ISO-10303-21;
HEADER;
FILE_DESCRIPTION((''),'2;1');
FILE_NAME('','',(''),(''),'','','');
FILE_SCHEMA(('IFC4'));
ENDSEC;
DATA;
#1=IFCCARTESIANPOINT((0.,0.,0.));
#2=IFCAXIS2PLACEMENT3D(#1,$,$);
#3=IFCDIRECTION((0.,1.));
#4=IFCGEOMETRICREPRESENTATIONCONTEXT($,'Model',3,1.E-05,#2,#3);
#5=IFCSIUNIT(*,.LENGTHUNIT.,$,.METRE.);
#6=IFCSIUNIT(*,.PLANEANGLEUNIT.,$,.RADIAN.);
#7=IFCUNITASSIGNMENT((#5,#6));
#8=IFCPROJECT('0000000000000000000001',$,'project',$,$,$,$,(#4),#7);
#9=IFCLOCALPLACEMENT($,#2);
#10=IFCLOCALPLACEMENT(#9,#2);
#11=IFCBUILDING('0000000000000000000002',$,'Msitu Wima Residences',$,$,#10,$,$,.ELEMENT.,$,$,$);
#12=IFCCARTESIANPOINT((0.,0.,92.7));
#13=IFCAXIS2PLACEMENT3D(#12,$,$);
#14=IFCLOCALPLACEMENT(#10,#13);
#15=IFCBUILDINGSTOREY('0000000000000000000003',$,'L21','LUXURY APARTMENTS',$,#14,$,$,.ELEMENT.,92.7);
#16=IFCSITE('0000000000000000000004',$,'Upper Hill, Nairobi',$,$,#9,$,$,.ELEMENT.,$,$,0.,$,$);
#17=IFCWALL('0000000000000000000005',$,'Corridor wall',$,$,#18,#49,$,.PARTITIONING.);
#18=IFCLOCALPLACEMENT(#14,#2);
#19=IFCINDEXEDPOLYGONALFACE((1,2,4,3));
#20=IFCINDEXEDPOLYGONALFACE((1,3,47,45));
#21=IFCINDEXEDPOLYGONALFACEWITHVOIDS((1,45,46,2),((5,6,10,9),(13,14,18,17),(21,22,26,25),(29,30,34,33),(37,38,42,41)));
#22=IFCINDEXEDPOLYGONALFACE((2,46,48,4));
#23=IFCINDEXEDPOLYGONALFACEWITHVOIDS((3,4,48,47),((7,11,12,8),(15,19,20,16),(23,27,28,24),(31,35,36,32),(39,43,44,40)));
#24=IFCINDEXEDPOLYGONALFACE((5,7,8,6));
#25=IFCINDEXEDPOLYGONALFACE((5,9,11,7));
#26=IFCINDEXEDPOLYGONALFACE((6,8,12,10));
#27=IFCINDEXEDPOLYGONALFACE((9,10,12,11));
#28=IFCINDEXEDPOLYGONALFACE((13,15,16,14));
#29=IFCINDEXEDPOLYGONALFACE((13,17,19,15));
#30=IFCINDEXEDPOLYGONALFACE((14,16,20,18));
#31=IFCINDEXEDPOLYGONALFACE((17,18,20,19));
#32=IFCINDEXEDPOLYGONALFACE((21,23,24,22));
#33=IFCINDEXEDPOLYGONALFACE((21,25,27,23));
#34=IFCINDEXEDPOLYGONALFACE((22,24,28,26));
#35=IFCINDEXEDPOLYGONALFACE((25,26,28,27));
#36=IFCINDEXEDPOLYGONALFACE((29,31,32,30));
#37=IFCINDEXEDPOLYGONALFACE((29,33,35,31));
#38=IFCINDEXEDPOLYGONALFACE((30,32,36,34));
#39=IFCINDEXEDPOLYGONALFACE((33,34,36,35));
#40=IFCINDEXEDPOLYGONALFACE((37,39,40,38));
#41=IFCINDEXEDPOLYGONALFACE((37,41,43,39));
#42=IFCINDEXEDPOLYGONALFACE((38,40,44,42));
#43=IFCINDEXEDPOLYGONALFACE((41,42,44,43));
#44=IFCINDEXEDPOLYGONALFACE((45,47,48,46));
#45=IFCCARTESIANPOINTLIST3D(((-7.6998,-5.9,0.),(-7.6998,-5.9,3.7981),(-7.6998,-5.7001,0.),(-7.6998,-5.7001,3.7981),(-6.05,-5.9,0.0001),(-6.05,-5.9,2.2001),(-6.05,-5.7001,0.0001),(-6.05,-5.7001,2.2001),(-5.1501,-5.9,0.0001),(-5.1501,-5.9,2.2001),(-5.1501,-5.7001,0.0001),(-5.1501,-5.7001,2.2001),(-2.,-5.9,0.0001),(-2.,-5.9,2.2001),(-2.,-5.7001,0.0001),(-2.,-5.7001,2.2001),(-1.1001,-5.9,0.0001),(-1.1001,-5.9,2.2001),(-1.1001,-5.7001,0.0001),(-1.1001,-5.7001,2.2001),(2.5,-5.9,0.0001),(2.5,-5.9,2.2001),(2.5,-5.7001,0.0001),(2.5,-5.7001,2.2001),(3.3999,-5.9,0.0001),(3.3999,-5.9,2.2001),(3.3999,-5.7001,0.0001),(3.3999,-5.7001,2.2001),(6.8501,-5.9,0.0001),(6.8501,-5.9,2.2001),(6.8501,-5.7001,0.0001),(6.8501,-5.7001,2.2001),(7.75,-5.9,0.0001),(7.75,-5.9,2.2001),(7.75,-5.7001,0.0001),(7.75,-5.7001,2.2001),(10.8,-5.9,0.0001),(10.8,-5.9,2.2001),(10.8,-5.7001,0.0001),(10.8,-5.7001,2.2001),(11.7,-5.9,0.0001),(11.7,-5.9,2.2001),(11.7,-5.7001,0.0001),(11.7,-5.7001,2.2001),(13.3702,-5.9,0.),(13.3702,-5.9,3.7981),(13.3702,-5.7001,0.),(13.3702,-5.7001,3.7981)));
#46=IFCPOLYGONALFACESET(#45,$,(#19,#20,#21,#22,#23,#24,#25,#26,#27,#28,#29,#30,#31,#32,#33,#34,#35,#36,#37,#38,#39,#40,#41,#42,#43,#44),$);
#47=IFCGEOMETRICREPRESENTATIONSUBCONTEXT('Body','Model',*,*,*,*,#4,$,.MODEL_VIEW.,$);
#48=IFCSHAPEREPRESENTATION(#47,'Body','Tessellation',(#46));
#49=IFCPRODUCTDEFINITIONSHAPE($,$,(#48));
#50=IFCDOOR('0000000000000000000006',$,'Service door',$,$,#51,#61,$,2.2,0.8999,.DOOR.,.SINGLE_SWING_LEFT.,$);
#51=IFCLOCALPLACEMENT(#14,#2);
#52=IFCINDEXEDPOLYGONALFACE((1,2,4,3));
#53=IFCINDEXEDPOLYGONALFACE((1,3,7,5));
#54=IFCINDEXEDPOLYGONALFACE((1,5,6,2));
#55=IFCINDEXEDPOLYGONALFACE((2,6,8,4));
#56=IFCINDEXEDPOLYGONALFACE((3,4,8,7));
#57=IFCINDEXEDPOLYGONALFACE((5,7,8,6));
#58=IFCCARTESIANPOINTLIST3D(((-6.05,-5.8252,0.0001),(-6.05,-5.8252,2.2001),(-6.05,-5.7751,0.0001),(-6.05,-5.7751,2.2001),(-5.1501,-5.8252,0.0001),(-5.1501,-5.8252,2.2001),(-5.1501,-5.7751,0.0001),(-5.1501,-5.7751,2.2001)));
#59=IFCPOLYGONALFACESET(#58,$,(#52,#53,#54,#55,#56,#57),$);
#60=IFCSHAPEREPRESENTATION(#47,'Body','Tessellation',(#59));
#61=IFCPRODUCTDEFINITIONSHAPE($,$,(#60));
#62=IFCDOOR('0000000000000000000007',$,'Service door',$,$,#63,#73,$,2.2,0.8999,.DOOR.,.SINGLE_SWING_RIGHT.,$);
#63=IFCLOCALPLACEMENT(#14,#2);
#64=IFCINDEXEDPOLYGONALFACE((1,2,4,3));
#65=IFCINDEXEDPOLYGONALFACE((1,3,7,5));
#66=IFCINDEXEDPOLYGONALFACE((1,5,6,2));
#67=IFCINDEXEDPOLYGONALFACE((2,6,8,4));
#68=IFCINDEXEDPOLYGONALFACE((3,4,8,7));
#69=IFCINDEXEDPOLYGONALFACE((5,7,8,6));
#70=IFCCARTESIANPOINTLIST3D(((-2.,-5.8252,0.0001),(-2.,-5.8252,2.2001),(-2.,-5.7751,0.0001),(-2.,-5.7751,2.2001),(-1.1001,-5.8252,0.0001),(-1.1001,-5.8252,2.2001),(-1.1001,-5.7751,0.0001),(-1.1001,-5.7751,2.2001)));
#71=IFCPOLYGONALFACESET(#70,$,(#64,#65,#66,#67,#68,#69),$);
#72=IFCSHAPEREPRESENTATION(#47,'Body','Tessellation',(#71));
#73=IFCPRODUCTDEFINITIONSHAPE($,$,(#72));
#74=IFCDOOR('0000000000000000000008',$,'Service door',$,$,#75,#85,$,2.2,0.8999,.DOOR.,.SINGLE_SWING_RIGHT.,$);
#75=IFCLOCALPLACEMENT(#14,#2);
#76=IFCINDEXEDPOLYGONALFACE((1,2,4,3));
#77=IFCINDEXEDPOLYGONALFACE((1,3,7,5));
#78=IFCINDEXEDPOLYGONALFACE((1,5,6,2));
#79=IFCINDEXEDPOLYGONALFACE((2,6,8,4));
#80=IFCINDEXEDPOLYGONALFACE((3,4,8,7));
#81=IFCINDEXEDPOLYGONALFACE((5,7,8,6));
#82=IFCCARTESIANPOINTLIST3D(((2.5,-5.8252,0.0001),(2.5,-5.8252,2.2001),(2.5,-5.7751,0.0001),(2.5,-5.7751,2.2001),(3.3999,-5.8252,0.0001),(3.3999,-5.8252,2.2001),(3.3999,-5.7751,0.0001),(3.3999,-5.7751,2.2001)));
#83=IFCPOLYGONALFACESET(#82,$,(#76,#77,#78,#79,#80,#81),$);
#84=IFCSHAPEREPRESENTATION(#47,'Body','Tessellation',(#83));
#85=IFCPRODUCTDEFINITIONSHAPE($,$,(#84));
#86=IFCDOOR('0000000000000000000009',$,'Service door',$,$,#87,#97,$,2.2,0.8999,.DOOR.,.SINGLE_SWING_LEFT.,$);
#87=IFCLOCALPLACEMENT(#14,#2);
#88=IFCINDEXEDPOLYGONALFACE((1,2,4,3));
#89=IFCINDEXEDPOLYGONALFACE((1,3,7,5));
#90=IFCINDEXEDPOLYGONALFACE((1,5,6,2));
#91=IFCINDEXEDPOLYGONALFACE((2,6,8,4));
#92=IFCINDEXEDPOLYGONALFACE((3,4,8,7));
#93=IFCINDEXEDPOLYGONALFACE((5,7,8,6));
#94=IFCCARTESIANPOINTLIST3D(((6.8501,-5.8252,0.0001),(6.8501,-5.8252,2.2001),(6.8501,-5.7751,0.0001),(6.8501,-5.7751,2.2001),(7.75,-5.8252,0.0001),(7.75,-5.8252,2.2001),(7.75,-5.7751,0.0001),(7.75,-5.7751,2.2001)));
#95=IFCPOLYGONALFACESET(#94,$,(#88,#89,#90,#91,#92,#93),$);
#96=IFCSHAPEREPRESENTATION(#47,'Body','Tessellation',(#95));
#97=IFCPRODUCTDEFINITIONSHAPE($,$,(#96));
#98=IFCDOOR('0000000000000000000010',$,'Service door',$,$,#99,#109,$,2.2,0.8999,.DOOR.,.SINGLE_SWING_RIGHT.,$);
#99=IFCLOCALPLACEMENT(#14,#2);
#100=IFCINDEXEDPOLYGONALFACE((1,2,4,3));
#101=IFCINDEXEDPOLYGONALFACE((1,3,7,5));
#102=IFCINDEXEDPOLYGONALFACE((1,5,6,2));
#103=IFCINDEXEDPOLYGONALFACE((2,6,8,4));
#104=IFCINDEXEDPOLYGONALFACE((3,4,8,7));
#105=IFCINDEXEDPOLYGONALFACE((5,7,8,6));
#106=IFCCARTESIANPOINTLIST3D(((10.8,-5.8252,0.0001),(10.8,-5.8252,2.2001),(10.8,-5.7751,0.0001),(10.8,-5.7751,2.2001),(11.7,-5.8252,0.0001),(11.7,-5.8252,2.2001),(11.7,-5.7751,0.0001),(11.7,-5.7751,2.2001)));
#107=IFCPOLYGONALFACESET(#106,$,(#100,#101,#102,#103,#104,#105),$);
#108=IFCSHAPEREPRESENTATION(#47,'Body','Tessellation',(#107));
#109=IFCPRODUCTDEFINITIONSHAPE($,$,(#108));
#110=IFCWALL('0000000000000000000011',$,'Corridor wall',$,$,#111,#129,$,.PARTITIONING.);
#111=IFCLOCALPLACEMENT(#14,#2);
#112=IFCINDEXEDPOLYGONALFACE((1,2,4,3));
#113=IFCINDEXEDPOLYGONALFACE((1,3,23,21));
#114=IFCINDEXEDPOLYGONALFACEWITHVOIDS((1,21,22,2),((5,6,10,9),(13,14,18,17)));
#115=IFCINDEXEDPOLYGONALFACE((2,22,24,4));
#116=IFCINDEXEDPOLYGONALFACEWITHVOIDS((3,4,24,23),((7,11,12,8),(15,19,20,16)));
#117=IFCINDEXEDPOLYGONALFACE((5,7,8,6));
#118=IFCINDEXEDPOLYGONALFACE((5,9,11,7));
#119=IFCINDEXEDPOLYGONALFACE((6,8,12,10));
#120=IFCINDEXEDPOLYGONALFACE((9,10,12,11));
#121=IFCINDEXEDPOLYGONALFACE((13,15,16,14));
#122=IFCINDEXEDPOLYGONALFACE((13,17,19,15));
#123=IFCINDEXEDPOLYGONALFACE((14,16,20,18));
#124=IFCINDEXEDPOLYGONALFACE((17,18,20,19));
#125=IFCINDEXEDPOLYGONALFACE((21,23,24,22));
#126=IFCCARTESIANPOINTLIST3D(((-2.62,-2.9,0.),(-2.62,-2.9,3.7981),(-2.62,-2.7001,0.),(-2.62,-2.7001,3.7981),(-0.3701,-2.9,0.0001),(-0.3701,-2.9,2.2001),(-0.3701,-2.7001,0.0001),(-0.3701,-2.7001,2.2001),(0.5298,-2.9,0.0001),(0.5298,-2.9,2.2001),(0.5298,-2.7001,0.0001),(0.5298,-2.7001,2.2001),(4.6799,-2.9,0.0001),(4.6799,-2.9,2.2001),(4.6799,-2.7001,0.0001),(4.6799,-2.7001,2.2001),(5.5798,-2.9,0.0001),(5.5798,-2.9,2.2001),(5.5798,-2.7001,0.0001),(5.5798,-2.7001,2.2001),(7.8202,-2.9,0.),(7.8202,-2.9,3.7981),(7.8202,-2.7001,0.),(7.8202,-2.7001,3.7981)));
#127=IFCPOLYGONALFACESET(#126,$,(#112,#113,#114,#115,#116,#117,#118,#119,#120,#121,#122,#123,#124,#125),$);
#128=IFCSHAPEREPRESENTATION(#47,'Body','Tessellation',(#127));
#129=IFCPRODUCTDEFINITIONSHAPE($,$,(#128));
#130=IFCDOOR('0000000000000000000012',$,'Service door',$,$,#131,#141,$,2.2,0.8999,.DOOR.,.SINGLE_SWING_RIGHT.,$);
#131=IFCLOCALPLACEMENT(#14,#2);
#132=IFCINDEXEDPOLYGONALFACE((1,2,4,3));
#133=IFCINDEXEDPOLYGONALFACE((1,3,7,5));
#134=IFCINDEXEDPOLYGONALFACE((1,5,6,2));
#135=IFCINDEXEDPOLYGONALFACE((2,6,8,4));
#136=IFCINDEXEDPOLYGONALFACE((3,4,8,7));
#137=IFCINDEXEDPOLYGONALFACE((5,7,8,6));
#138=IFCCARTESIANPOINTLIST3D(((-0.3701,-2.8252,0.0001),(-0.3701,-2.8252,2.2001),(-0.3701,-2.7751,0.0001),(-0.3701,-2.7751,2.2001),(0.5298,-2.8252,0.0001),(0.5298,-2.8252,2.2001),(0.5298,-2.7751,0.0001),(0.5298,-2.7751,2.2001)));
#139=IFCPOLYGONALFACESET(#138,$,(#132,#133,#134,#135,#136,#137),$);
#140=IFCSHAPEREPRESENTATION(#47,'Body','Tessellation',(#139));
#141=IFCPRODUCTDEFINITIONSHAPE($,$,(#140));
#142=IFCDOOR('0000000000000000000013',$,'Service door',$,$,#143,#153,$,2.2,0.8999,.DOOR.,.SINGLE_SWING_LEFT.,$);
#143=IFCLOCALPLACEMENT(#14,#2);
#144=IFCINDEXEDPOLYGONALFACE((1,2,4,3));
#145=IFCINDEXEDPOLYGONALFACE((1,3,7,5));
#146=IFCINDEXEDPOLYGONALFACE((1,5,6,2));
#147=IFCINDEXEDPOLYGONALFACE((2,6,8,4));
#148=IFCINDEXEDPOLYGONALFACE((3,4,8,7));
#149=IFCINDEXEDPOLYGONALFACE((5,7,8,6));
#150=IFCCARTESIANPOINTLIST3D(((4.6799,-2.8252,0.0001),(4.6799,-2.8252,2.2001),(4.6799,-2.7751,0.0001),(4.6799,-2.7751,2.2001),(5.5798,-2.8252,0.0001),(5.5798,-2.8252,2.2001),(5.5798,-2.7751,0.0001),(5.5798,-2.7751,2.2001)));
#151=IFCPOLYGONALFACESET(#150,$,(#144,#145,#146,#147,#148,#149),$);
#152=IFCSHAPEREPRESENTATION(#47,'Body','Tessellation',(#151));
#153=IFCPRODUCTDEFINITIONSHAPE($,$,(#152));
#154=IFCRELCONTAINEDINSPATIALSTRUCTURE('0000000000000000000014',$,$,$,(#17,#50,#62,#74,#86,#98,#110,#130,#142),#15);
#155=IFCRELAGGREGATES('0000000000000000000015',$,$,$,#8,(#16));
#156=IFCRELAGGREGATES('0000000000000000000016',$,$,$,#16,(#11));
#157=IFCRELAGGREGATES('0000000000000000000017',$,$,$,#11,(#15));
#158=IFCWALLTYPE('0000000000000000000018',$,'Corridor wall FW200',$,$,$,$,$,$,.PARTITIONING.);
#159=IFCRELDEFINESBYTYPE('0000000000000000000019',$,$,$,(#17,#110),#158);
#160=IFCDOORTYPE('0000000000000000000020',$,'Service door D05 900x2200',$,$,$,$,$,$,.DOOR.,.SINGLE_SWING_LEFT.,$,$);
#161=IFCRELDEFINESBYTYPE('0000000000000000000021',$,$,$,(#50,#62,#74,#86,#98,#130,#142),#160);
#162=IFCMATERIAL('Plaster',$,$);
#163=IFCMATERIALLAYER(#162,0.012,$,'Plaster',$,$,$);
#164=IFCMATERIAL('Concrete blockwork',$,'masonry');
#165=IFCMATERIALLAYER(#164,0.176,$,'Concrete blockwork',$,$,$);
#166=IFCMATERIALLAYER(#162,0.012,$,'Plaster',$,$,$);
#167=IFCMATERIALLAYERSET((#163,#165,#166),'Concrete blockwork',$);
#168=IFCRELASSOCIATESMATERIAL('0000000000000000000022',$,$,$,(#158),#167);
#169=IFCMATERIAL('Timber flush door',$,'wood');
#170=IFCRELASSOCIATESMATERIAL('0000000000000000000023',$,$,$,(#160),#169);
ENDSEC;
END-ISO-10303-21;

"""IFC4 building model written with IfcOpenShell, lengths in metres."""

from ifc_helpers import new_model, si_unit, direction, frame, frame_2d, origin, place, context, subcontext, project, spatial, rectangle, extrude, material, layer, layer_set, type_object, element, fill, save


model = new_model("IFC4")

# Units and contexts
model_context = context("Model", 3, precision=1e-05, world=origin(), true_north=direction((0.0, 1.0)))
body_context = subcontext(model_context, "Body", "Model", "MODEL_VIEW")
ifc_project = project(units=[si_unit("LENGTHUNIT", "METRE"), si_unit("PLANEANGLEUNIT", "RADIAN")], contexts=[model_context])

# Site, building, storey
site_placement = place(None, origin())
site = spatial("IfcSite", under=ifc_project, at=site_placement, Name="Upper Hill, Nairobi", CompositionType="ELEMENT", RefElevation=0.0)
building_placement = place(site_placement, origin())
building = spatial("IfcBuilding", under=site, at=building_placement, Name="Msitu Wima Residences", CompositionType="ELEMENT")
storey_placement = place(building_placement, frame((0.0, 0.0, 92.7)))
storey = spatial("IfcBuildingStorey", under=building, at=storey_placement, Name="L21", Description="LUXURY APARTMENTS", CompositionType="ELEMENT", Elevation=92.7)

# Walls, openings, doors
ifc_material_1 = material(Name="Plaster")
ifc_layer_1 = layer(ifc_material_1, 0.012, Name="Plaster")
ifc_material_2 = material(Name="Concrete blockwork", Category="masonry")
ifc_layer_2 = layer(ifc_material_2, 0.176, Name="Concrete blockwork")
ifc_layer_3 = layer(ifc_material_1, 0.012, Name="Plaster")
ifc_layer_set_1 = layer_set([ifc_layer_1, ifc_layer_2, ifc_layer_3], Name="Concrete blockwork")
wall_type_1 = type_object("IfcWallType", Name="Corridor wall FW200", PredefinedType="PARTITIONING", material=ifc_layer_set_1)
wall_1_placement = place(storey_placement, frame((-7.7, -5.8, 0.0), z_axis=(0.0, 0.0, 1.0), x_axis=(1.0, 0.0, 0.0)))
wall_1 = element("IfcWall", 1, at=wall_1_placement, inside=storey, type_object=wall_type_1, Name="Corridor wall", PredefinedType="PARTITIONING", context=body_context, shape_type="SweptSolid", body=[
    extrude(rectangle(XDim=21.0701, YDim=0.2, at=frame_2d((10.5352, 0.0))), origin(), (0.0, 0.0, 1.0), 3.7981),
])
opening_1_placement = place(wall_1_placement, frame((1.6499, 0.0, 0.0)))
opening_1 = element("IfcOpeningElement", 2, at=opening_1_placement, cuts=wall_1, PredefinedType="OPENING", context=body_context, shape_type="SweptSolid", body=[
    extrude(rectangle(XDim=0.8999, YDim=2.2, at=frame_2d((0.45, 1.1001))), frame((0.0, 0.1099, 0.0), z_axis=(0.0, -1.0, 0.0), x_axis=(1.0, 0.0, 0.0)), (0.0, 0.0, 1.0), 0.22),
])
opening_2_placement = place(wall_1_placement, frame((5.7, 0.0, 0.0)))
opening_2 = element("IfcOpeningElement", 3, at=opening_2_placement, cuts=wall_1, PredefinedType="OPENING", context=body_context, shape_type="SweptSolid", body=[
    extrude(rectangle(XDim=0.8999, YDim=2.2, at=frame_2d((0.45, 1.1001))), frame((0.0, 0.1099, 0.0), z_axis=(0.0, -1.0, 0.0), x_axis=(1.0, 0.0, 0.0)), (0.0, 0.0, 1.0), 0.22),
])
opening_3_placement = place(wall_1_placement, frame((10.2, 0.0, 0.0)))
opening_3 = element("IfcOpeningElement", 4, at=opening_3_placement, cuts=wall_1, PredefinedType="OPENING", context=body_context, shape_type="SweptSolid", body=[
    extrude(rectangle(XDim=0.8999, YDim=2.2, at=frame_2d((0.45, 1.1001))), frame((0.0, 0.1099, 0.0), z_axis=(0.0, -1.0, 0.0), x_axis=(1.0, 0.0, 0.0)), (0.0, 0.0, 1.0), 0.22),
])
opening_4_placement = place(wall_1_placement, frame((14.55, 0.0, 0.0)))
opening_4 = element("IfcOpeningElement", 5, at=opening_4_placement, cuts=wall_1, PredefinedType="OPENING", context=body_context, shape_type="SweptSolid", body=[
    extrude(rectangle(XDim=0.8999, YDim=2.2, at=frame_2d((0.45, 1.1001))), frame((0.0, 0.1099, 0.0), z_axis=(0.0, -1.0, 0.0), x_axis=(1.0, 0.0, 0.0)), (0.0, 0.0, 1.0), 0.22),
])
opening_5_placement = place(wall_1_placement, frame((18.5, 0.0, 0.0)))
opening_5 = element("IfcOpeningElement", 6, at=opening_5_placement, cuts=wall_1, PredefinedType="OPENING", context=body_context, shape_type="SweptSolid", body=[
    extrude(rectangle(XDim=0.8999, YDim=2.2, at=frame_2d((0.45, 1.1001))), frame((0.0, 0.1099, 0.0), z_axis=(0.0, -1.0, 0.0), x_axis=(1.0, 0.0, 0.0)), (0.0, 0.0, 1.0), 0.22),
])
ifc_material_3 = material(Name="Timber flush door", Category="wood")
door_type_1 = type_object("IfcDoorType", Name="Service door D05 900x2200", OperationType="SINGLE_SWING_LEFT", PredefinedType="DOOR", material=ifc_material_3)
door_1_placement = place(opening_1_placement, origin())
door_1 = element("IfcDoor", 7, at=door_1_placement, inside=storey, type_object=door_type_1, Name="Service door", OperationType="SINGLE_SWING_LEFT", OverallHeight=2.2, OverallWidth=0.8999, PredefinedType="DOOR", context=body_context, shape_type="SweptSolid", body=[
    extrude(rectangle(XDim=0.8999, YDim=2.2, at=frame_2d((0.45, 1.1001))), frame((0.0, 0.0249, 0.0), z_axis=(0.0, -1.0, 0.0), x_axis=(1.0, 0.0, 0.0)), (0.0, 0.0, 1.0), 0.05),
])
fill(opening_1, door_1)
door_2_placement = place(opening_2_placement, origin())
door_2 = element("IfcDoor", 8, at=door_2_placement, inside=storey, type_object=door_type_1, Name="Service door", OperationType="SINGLE_SWING_RIGHT", OverallHeight=2.2, OverallWidth=0.8999, PredefinedType="DOOR", context=body_context, shape_type="SweptSolid", body=[
    extrude(rectangle(XDim=0.8999, YDim=2.2, at=frame_2d((0.45, 1.1001))), frame((0.0, 0.0249, 0.0), z_axis=(0.0, -1.0, 0.0), x_axis=(1.0, 0.0, 0.0)), (0.0, 0.0, 1.0), 0.05),
])
fill(opening_2, door_2)
door_3_placement = place(opening_3_placement, origin())
door_3 = element("IfcDoor", 9, at=door_3_placement, inside=storey, type_object=door_type_1, Name="Service door", OperationType="SINGLE_SWING_RIGHT", OverallHeight=2.2, OverallWidth=0.8999, PredefinedType="DOOR", context=body_context, shape_type="SweptSolid", body=[
    extrude(rectangle(XDim=0.8999, YDim=2.2, at=frame_2d((0.45, 1.1001))), frame((0.0, 0.0249, 0.0), z_axis=(0.0, -1.0, 0.0), x_axis=(1.0, 0.0, 0.0)), (0.0, 0.0, 1.0), 0.05),
])
fill(opening_3, door_3)
door_4_placement = place(opening_4_placement, origin())
door_4 = element("IfcDoor", 10, at=door_4_placement, inside=storey, type_object=door_type_1, Name="Service door", OperationType="SINGLE_SWING_LEFT", OverallHeight=2.2, OverallWidth=0.8999, PredefinedType="DOOR", context=body_context, shape_type="SweptSolid", body=[
    extrude(rectangle(XDim=0.8999, YDim=2.2, at=frame_2d((0.45, 1.1001))), frame((0.0, 0.0249, 0.0), z_axis=(0.0, -1.0, 0.0), x_axis=(1.0, 0.0, 0.0)), (0.0, 0.0, 1.0), 0.05),
])
fill(opening_4, door_4)
door_5_placement = place(opening_5_placement, origin())
door_5 = element("IfcDoor", 11, at=door_5_placement, inside=storey, type_object=door_type_1, Name="Service door", OperationType="SINGLE_SWING_RIGHT", OverallHeight=2.2, OverallWidth=0.8999, PredefinedType="DOOR", context=body_context, shape_type="SweptSolid", body=[
    extrude(rectangle(XDim=0.8999, YDim=2.2, at=frame_2d((0.45, 1.1001))), frame((0.0, 0.0249, 0.0), z_axis=(0.0, -1.0, 0.0), x_axis=(1.0, 0.0, 0.0)), (0.0, 0.0, 1.0), 0.05),
])
fill(opening_5, door_5)
wall_2_placement = place(storey_placement, frame((-2.6201, -2.8, 0.0), z_axis=(0.0, 0.0, 1.0), x_axis=(1.0, 0.0, 0.0)))
wall_2 = element("IfcWall", 12, at=wall_2_placement, inside=storey, type_object=wall_type_1, Name="Corridor wall", PredefinedType="PARTITIONING", context=body_context, shape_type="SweptSolid", body=[
    extrude(rectangle(XDim=10.4402, YDim=0.2, at=frame_2d((5.2202, 0.0))), origin(), (0.0, 0.0, 1.0), 3.7981),
])
opening_6_placement = place(wall_2_placement, frame((2.25, 0.0, 0.0)))
opening_6 = element("IfcOpeningElement", 13, at=opening_6_placement, cuts=wall_2, PredefinedType="OPENING", context=body_context, shape_type="SweptSolid", body=[
    extrude(rectangle(XDim=0.8999, YDim=2.2, at=frame_2d((0.45, 1.1001))), frame((0.0, 0.1099, 0.0), z_axis=(0.0, -1.0, 0.0), x_axis=(1.0, 0.0, 0.0)), (0.0, 0.0, 1.0), 0.22),
])
opening_7_placement = place(wall_2_placement, frame((7.3, 0.0, 0.0)))
opening_7 = element("IfcOpeningElement", 14, at=opening_7_placement, cuts=wall_2, PredefinedType="OPENING", context=body_context, shape_type="SweptSolid", body=[
    extrude(rectangle(XDim=0.8999, YDim=2.2, at=frame_2d((0.45, 1.1001))), frame((0.0, 0.1099, 0.0), z_axis=(0.0, -1.0, 0.0), x_axis=(1.0, 0.0, 0.0)), (0.0, 0.0, 1.0), 0.22),
])
door_6_placement = place(opening_6_placement, origin())
door_6 = element("IfcDoor", 15, at=door_6_placement, inside=storey, type_object=door_type_1, Name="Service door", OperationType="SINGLE_SWING_RIGHT", OverallHeight=2.2, OverallWidth=0.8999, PredefinedType="DOOR", context=body_context, shape_type="SweptSolid", body=[
    extrude(rectangle(XDim=0.8999, YDim=2.2, at=frame_2d((0.45, 1.1001))), frame((0.0, 0.0249, 0.0), z_axis=(0.0, -1.0, 0.0), x_axis=(1.0, 0.0, 0.0)), (0.0, 0.0, 1.0), 0.05),
])
fill(opening_6, door_6)
door_7_placement = place(opening_7_placement, origin())
door_7 = element("IfcDoor", 16, at=door_7_placement, inside=storey, type_object=door_type_1, Name="Service door", OperationType="SINGLE_SWING_LEFT", OverallHeight=2.2, OverallWidth=0.8999, PredefinedType="DOOR", context=body_context, shape_type="SweptSolid", body=[
    extrude(rectangle(XDim=0.8999, YDim=2.2, at=frame_2d((0.45, 1.1001))), frame((0.0, 0.0249, 0.0), z_axis=(0.0, -1.0, 0.0), x_axis=(1.0, 0.0, 0.0)), (0.0, 0.0, 1.0), 0.05),
])
fill(opening_7, door_7)

save(model, "model.ifc")
